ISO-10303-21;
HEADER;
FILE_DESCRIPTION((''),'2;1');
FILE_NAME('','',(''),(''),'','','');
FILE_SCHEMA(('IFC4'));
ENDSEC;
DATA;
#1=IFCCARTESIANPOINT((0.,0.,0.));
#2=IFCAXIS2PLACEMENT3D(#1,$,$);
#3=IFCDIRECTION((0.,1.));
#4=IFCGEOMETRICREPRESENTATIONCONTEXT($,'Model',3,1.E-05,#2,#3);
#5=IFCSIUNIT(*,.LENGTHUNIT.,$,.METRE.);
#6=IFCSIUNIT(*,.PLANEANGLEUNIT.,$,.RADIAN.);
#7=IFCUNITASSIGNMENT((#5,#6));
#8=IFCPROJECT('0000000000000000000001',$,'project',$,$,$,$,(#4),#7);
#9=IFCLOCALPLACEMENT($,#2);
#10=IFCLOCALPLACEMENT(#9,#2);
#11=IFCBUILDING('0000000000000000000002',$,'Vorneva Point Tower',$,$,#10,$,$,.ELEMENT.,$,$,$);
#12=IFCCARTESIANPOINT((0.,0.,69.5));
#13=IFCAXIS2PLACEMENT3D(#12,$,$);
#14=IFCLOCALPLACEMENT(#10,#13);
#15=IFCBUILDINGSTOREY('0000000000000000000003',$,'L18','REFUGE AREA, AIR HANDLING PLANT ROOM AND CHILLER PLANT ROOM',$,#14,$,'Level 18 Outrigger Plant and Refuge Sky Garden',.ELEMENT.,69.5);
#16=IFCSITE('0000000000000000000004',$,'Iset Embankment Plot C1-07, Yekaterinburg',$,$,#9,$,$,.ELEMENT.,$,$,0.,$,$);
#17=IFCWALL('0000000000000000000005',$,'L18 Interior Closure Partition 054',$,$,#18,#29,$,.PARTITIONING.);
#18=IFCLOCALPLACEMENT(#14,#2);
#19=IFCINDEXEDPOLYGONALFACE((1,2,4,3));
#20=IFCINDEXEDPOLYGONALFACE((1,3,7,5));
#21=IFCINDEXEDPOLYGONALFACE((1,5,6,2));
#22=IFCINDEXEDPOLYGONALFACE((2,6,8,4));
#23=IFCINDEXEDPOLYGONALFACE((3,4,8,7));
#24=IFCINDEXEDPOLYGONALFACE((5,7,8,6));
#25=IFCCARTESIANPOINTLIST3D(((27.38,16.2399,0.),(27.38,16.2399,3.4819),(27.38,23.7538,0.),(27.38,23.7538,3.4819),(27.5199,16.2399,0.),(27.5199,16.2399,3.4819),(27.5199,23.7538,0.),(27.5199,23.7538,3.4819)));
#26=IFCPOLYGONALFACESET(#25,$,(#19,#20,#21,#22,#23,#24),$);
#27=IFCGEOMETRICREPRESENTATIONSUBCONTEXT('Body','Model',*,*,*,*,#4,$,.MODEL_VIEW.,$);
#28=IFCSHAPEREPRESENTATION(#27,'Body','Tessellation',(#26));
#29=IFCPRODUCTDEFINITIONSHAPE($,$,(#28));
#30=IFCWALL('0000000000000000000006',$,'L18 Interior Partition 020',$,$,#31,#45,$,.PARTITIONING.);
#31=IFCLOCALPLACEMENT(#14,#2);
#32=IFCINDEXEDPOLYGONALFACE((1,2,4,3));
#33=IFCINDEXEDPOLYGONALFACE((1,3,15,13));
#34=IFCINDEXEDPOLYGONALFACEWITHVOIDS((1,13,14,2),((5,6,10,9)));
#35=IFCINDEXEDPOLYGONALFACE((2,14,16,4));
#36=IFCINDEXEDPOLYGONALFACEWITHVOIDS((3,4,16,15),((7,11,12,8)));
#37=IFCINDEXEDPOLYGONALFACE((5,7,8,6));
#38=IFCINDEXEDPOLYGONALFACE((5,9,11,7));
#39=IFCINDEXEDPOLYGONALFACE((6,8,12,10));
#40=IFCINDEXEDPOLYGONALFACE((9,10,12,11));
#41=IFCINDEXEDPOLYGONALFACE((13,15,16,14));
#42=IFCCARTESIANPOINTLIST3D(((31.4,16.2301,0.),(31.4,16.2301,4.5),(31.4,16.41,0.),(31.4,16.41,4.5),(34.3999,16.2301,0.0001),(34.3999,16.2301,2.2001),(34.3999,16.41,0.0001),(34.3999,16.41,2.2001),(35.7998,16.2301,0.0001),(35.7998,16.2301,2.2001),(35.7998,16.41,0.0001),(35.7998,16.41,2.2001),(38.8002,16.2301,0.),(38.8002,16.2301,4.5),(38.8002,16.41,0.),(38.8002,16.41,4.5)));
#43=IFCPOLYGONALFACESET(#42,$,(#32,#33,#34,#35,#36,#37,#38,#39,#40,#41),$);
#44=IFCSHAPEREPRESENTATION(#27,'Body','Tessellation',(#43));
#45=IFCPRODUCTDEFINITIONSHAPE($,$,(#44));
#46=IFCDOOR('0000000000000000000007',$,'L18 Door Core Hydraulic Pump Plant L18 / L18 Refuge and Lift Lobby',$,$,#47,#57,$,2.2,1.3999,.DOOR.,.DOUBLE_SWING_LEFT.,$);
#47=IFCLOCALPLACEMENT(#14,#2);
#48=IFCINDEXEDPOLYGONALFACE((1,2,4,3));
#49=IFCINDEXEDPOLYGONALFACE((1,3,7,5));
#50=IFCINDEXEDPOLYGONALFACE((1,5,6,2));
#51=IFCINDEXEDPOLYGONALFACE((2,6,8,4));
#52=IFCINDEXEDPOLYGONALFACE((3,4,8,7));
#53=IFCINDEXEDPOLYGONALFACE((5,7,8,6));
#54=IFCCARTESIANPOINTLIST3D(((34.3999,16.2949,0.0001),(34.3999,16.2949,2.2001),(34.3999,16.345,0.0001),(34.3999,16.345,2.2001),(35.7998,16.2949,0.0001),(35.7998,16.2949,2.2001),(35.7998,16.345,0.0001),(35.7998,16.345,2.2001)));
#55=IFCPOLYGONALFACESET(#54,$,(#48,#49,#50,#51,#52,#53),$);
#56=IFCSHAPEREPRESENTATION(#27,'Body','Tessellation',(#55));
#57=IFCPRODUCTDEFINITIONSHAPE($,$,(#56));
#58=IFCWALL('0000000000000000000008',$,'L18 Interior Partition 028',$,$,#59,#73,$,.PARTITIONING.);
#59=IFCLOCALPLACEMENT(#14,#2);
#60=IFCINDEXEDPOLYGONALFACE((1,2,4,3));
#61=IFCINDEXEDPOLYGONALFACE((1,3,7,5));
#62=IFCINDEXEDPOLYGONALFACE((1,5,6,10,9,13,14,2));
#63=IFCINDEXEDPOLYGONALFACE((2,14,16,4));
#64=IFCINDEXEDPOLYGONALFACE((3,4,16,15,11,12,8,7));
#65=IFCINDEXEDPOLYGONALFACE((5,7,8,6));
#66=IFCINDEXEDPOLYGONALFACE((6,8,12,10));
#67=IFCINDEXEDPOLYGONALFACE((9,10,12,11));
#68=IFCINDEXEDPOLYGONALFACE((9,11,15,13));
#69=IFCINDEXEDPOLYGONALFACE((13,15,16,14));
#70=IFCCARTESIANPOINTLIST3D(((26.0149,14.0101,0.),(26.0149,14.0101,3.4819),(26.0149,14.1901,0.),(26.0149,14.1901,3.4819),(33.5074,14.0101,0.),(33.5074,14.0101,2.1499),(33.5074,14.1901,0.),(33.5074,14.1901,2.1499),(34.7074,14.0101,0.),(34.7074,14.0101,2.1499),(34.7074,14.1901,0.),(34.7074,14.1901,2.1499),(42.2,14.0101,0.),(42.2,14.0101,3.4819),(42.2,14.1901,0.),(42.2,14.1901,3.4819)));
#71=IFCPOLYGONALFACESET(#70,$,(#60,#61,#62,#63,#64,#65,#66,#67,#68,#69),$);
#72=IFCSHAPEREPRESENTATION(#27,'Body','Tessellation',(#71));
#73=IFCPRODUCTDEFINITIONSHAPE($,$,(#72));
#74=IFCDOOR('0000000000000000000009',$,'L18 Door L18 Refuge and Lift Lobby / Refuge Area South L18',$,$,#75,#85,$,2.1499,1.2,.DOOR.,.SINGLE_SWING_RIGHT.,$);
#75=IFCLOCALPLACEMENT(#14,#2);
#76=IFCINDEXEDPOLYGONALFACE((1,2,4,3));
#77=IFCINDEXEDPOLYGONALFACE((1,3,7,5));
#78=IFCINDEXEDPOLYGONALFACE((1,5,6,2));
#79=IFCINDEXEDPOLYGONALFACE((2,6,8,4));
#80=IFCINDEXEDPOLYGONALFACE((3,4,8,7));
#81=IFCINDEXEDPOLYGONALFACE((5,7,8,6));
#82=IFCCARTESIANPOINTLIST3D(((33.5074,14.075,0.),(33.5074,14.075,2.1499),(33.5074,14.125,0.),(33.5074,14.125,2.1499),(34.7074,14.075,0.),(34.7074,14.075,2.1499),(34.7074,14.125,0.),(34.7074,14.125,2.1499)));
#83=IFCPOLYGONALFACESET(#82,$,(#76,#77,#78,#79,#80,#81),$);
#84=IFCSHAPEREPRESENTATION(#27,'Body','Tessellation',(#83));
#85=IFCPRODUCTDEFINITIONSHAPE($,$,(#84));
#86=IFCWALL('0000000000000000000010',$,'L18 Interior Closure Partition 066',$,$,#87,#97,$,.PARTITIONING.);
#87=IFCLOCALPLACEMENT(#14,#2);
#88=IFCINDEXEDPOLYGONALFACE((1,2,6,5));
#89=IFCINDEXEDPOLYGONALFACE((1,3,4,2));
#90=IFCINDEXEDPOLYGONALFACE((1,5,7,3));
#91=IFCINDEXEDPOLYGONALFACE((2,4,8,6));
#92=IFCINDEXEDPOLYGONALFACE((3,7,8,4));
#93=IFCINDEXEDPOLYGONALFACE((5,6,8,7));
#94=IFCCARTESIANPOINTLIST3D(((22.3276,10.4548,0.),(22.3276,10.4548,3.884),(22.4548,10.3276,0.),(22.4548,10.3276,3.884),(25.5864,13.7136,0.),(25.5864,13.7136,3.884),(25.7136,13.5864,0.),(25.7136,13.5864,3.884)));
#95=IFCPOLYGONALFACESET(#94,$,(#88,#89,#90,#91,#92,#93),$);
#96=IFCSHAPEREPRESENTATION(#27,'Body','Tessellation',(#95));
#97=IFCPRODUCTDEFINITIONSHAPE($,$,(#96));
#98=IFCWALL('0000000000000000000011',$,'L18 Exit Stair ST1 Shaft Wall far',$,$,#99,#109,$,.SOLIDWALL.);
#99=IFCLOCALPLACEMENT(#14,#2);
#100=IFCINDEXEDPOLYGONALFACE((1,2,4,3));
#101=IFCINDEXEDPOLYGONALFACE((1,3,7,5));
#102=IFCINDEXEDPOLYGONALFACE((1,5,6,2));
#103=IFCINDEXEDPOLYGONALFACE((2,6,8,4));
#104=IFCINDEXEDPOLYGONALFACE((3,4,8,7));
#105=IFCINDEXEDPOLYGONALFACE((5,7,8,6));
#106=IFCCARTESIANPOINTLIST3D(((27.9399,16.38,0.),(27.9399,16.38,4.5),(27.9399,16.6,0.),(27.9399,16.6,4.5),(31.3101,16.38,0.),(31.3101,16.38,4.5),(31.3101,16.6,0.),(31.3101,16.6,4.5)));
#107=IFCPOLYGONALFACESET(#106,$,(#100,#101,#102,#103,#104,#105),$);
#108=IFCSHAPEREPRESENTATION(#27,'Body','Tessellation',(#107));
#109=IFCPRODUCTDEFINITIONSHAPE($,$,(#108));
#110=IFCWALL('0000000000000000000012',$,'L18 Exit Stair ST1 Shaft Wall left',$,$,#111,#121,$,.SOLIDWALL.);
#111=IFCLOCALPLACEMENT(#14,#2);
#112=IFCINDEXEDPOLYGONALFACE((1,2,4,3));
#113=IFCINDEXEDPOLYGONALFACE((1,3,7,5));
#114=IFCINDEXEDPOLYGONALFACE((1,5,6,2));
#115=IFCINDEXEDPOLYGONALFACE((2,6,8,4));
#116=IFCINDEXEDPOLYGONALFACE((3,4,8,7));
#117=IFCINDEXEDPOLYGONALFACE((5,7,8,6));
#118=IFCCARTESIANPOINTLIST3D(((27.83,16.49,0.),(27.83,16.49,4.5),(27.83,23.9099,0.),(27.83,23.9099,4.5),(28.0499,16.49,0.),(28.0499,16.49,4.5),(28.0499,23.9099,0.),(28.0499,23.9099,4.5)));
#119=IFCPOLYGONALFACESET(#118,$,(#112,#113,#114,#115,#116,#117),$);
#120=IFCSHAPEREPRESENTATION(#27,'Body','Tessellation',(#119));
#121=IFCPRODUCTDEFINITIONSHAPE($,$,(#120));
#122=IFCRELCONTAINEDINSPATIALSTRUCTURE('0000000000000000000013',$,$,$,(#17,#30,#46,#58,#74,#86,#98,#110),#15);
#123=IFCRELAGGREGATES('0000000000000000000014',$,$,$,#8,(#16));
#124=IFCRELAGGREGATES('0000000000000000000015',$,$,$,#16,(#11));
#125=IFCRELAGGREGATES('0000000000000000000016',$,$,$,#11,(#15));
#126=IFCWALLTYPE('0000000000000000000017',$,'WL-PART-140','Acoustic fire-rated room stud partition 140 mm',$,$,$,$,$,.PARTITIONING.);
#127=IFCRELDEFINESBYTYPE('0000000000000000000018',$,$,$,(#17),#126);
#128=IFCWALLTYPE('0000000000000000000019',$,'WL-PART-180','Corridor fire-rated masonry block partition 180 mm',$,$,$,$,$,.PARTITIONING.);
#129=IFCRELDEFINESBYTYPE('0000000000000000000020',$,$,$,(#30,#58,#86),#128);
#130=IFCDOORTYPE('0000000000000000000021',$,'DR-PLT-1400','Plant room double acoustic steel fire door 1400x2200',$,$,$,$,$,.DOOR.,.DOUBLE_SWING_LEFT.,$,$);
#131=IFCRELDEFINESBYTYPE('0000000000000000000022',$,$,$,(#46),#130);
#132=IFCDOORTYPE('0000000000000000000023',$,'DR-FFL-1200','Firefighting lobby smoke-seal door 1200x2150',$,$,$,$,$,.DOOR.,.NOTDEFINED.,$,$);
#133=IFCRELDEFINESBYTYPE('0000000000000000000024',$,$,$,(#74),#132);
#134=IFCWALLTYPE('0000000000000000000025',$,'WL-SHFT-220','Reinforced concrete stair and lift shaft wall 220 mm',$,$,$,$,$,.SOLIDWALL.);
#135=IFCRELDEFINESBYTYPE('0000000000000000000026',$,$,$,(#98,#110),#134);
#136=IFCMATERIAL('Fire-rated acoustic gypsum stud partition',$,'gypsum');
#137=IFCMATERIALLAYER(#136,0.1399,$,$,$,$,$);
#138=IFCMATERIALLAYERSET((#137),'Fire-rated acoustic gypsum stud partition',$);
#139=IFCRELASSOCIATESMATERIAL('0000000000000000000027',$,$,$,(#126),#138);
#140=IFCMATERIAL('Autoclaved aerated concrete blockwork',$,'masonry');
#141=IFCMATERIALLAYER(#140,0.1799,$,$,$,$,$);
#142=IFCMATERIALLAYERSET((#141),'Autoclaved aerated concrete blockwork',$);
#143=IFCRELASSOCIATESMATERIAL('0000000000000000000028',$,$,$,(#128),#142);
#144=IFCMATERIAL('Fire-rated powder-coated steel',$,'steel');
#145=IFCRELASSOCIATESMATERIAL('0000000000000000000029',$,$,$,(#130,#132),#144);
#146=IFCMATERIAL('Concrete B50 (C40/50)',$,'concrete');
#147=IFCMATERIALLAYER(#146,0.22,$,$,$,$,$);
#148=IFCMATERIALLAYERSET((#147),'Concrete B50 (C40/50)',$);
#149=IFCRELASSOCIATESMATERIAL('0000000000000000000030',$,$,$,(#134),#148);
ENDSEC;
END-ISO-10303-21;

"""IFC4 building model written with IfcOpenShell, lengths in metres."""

from ifc_helpers import new_model, si_unit, direction, frame, frame_2d, origin, place, context, subcontext, project, spatial, rectangle, extrude, material, layer, layer_set, type_object, element, fill, save


model = new_model("IFC4")

# Units and contexts
model_context = context("Model", 3, precision=1e-05, world=origin(), true_north=direction((0.0, 1.0)))
body_context = subcontext(model_context, "Body", "Model", "MODEL_VIEW")
ifc_project = project(units=[si_unit("LENGTHUNIT", "METRE"), si_unit("PLANEANGLEUNIT", "RADIAN")], contexts=[model_context])

# Site, building, storey
site_placement = place(None, origin())
site = spatial("IfcSite", under=ifc_project, at=site_placement, Name="Iset Embankment Plot C1-07, Yekaterinburg", CompositionType="ELEMENT", RefElevation=0.0)
building_placement = place(site_placement, origin())
building = spatial("IfcBuilding", under=site, at=building_placement, Name="Vorneva Point Tower", CompositionType="ELEMENT")
storey_placement = place(building_placement, frame((0.0, 0.0, 69.5)))
storey = spatial("IfcBuildingStorey", under=building, at=storey_placement, Name="L18", Description="REFUGE AREA, AIR HANDLING PLANT ROOM AND CHILLER PLANT ROOM", LongName="Level 18 Outrigger Plant and Refuge Sky Garden", CompositionType="ELEMENT", Elevation=69.5)

# Wall
ifc_material_1 = material(Name="Fire-rated acoustic gypsum stud partition", Category="gypsum")
ifc_layer_1 = layer(ifc_material_1, 0.1399)
ifc_layer_set_1 = layer_set([ifc_layer_1], Name="Fire-rated acoustic gypsum stud partition")
wall_type_1 = type_object("IfcWallType", Name="WL-PART-140", Description="Acoustic fire-rated room stud partition 140 mm", PredefinedType="PARTITIONING", material=ifc_layer_set_1)
wall_1_placement = place(storey_placement, frame((27.45, 16.24, 0.0), z_axis=(0.0, 0.0, 1.0), x_axis=(0.0, 1.0, 0.0)))
element("IfcWall", 1, at=wall_1_placement, inside=storey, type_object=wall_type_1, Name="L18 Interior Closure Partition 054", PredefinedType="PARTITIONING", context=body_context, shape_type="SweptSolid", body=[
    extrude(rectangle(XDim=7.5139, YDim=0.1399, at=frame_2d((3.7568, 0.0))), origin(), (0.0, 0.0, 1.0), 3.4819),
])

# Walls, openings, doors
ifc_material_2 = material(Name="Autoclaved aerated concrete blockwork", Category="masonry")
ifc_layer_2 = layer(ifc_material_2, 0.1799)
ifc_layer_set_2 = layer_set([ifc_layer_2], Name="Autoclaved aerated concrete blockwork")
wall_type_2 = type_object("IfcWallType", Name="WL-PART-180", Description="Corridor fire-rated masonry block partition 180 mm", PredefinedType="PARTITIONING", material=ifc_layer_set_2)
wall_2_placement = place(storey_placement, frame((31.3999, 16.3201, 0.0), z_axis=(0.0, 0.0, 1.0), x_axis=(1.0, 0.0, 0.0)))
wall_2 = element("IfcWall", 2, at=wall_2_placement, inside=storey, type_object=wall_type_2, Name="L18 Interior Partition 020", PredefinedType="PARTITIONING", context=body_context, shape_type="SweptSolid", body=[
    extrude(rectangle(XDim=7.4001, YDim=0.1799, at=frame_2d((3.7002, 0.0))), origin(), (0.0, 0.0, 1.0), 4.5),
])
opening_1_placement = place(wall_2_placement, frame((3.0, 0.0, 0.0)))
opening_1 = element("IfcOpeningElement", 3, at=opening_1_placement, cuts=wall_2, PredefinedType="OPENING", context=body_context, shape_type="SweptSolid", body=[
    extrude(rectangle(XDim=1.3999, YDim=2.2, at=frame_2d((0.7, 1.1001))), frame((0.0, 0.105, 0.0), z_axis=(0.0, -1.0, 0.0), x_axis=(1.0, 0.0, 0.0)), (0.0, 0.0, 1.0), 0.2097),
])
ifc_material_3 = material(Name="Fire-rated powder-coated steel", Category="steel")
door_type_1 = type_object("IfcDoorType", Name="DR-PLT-1400", Description="Plant room double acoustic steel fire door 1400x2200", OperationType="DOUBLE_SWING_LEFT", PredefinedType="DOOR", material=ifc_material_3)
door_1_placement = place(opening_1_placement, origin())
door_1 = element("IfcDoor", 4, at=door_1_placement, inside=storey, type_object=door_type_1, Name="L18 Door Core Hydraulic Pump Plant L18 / L18 Refuge and Lift Lobby", OperationType="DOUBLE_SWING_LEFT", OverallHeight=2.2, OverallWidth=1.3999, PredefinedType="DOOR", context=body_context, shape_type="SweptSolid", body=[
    extrude(rectangle(XDim=1.3999, YDim=2.2, at=frame_2d((0.7, 1.1001))), frame((0.0, 0.0249, 0.0), z_axis=(0.0, -1.0, 0.0), x_axis=(1.0, 0.0, 0.0)), (0.0, 0.0, 1.0), 0.05),
])
fill(opening_1, door_1)
wall_3_placement = place(storey_placement, frame((26.0149, 14.1001, 0.0), z_axis=(0.0, 0.0, 1.0), x_axis=(1.0, 0.0, 0.0)))
wall_3 = element("IfcWall", 5, at=wall_3_placement, inside=storey, type_object=wall_type_2, Name="L18 Interior Partition 028", PredefinedType="PARTITIONING", context=body_context, shape_type="SweptSolid", body=[
    extrude(rectangle(XDim=16.1851, YDim=0.1799, at=frame_2d((8.0925, 0.0))), origin(), (0.0, 0.0, 1.0), 3.4819),
])
opening_2_placement = place(wall_3_placement, frame((7.4924, 0.0, 0.0)))
opening_2 = element("IfcOpeningElement", 6, at=opening_2_placement, cuts=wall_3, PredefinedType="OPENING", context=body_context, shape_type="SweptSolid", body=[
    extrude(rectangle(XDim=1.2, YDim=2.1499, at=frame_2d((0.6001, 1.075))), frame((0.0, 0.105, 0.0), z_axis=(0.0, -1.0, 0.0), x_axis=(1.0, 0.0, 0.0)), (0.0, 0.0, 1.0), 0.2097),
])
door_type_2 = type_object("IfcDoorType", Name="DR-FFL-1200", Description="Firefighting lobby smoke-seal door 1200x2150", OperationType="NOTDEFINED", PredefinedType="DOOR", material=ifc_material_3)
door_2_placement = place(opening_2_placement, origin())
door_2 = element("IfcDoor", 7, at=door_2_placement, inside=storey, type_object=door_type_2, Name="L18 Door L18 Refuge and Lift Lobby / Refuge Area South L18", OperationType="SINGLE_SWING_RIGHT", OverallHeight=2.1499, OverallWidth=1.2, PredefinedType="DOOR", context=body_context, shape_type="SweptSolid", body=[
    extrude(rectangle(XDim=1.2, YDim=2.1499, at=frame_2d((0.6001, 1.075))), frame((0.0, 0.0249, 0.0), z_axis=(0.0, -1.0, 0.0), x_axis=(1.0, 0.0, 0.0)), (0.0, 0.0, 1.0), 0.05),
])
fill(opening_2, door_2)

# Walls
wall_4_placement = place(storey_placement, frame((25.6499, 13.6499, 0.0), z_axis=(0.0, 0.0, 1.0), x_axis=(-0.707107, -0.707107, 0.0)))
element("IfcWall", 8, at=wall_4_placement, inside=storey, type_object=wall_type_2, Name="L18 Interior Closure Partition 066", PredefinedType="PARTITIONING", context=body_context, shape_type="SweptSolid", body=[
    extrude(rectangle(XDim=4.6086, YDim=0.1799, at=frame_2d((2.3042, 0.0))), origin(), (0.0, 0.0, 1.0), 3.884),
])
ifc_material_4 = material(Name="Concrete B50 (C40/50)", Category="concrete")
ifc_layer_3 = layer(ifc_material_4, 0.22)
ifc_layer_set_3 = layer_set([ifc_layer_3], Name="Concrete B50 (C40/50)")
wall_type_3 = type_object("IfcWallType", Name="WL-SHFT-220", Description="Reinforced concrete stair and lift shaft wall 220 mm", PredefinedType="SOLIDWALL", material=ifc_layer_set_3)
wall_5_placement = place(storey_placement, frame((31.3101, 16.49, 0.0), z_axis=(0.0, 0.0, 1.0), x_axis=(-1.0, 0.0, 0.0)))
element("IfcWall", 9, at=wall_5_placement, inside=storey, type_object=wall_type_3, Name="L18 Exit Stair ST1 Shaft Wall far", PredefinedType="SOLIDWALL", context=body_context, shape_type="SweptSolid", body=[
    extrude(rectangle(XDim=3.3701, YDim=0.22, at=frame_2d((1.6851, 0.0))), origin(), (0.0, 0.0, 1.0), 4.5),
])
wall_6_placement = place(storey_placement, frame((27.9399, 16.49, 0.0), z_axis=(0.0, 0.0, 1.0), x_axis=(0.0, 1.0, 0.0)))
element("IfcWall", 10, at=wall_6_placement, inside=storey, type_object=wall_type_3, Name="L18 Exit Stair ST1 Shaft Wall left", PredefinedType="SOLIDWALL", context=body_context, shape_type="SweptSolid", body=[
    extrude(rectangle(XDim=7.4199, YDim=0.22, at=frame_2d((3.71, 0.0))), origin(), (0.0, 0.0, 1.0), 4.5),
])

save(model, "model.ifc")
